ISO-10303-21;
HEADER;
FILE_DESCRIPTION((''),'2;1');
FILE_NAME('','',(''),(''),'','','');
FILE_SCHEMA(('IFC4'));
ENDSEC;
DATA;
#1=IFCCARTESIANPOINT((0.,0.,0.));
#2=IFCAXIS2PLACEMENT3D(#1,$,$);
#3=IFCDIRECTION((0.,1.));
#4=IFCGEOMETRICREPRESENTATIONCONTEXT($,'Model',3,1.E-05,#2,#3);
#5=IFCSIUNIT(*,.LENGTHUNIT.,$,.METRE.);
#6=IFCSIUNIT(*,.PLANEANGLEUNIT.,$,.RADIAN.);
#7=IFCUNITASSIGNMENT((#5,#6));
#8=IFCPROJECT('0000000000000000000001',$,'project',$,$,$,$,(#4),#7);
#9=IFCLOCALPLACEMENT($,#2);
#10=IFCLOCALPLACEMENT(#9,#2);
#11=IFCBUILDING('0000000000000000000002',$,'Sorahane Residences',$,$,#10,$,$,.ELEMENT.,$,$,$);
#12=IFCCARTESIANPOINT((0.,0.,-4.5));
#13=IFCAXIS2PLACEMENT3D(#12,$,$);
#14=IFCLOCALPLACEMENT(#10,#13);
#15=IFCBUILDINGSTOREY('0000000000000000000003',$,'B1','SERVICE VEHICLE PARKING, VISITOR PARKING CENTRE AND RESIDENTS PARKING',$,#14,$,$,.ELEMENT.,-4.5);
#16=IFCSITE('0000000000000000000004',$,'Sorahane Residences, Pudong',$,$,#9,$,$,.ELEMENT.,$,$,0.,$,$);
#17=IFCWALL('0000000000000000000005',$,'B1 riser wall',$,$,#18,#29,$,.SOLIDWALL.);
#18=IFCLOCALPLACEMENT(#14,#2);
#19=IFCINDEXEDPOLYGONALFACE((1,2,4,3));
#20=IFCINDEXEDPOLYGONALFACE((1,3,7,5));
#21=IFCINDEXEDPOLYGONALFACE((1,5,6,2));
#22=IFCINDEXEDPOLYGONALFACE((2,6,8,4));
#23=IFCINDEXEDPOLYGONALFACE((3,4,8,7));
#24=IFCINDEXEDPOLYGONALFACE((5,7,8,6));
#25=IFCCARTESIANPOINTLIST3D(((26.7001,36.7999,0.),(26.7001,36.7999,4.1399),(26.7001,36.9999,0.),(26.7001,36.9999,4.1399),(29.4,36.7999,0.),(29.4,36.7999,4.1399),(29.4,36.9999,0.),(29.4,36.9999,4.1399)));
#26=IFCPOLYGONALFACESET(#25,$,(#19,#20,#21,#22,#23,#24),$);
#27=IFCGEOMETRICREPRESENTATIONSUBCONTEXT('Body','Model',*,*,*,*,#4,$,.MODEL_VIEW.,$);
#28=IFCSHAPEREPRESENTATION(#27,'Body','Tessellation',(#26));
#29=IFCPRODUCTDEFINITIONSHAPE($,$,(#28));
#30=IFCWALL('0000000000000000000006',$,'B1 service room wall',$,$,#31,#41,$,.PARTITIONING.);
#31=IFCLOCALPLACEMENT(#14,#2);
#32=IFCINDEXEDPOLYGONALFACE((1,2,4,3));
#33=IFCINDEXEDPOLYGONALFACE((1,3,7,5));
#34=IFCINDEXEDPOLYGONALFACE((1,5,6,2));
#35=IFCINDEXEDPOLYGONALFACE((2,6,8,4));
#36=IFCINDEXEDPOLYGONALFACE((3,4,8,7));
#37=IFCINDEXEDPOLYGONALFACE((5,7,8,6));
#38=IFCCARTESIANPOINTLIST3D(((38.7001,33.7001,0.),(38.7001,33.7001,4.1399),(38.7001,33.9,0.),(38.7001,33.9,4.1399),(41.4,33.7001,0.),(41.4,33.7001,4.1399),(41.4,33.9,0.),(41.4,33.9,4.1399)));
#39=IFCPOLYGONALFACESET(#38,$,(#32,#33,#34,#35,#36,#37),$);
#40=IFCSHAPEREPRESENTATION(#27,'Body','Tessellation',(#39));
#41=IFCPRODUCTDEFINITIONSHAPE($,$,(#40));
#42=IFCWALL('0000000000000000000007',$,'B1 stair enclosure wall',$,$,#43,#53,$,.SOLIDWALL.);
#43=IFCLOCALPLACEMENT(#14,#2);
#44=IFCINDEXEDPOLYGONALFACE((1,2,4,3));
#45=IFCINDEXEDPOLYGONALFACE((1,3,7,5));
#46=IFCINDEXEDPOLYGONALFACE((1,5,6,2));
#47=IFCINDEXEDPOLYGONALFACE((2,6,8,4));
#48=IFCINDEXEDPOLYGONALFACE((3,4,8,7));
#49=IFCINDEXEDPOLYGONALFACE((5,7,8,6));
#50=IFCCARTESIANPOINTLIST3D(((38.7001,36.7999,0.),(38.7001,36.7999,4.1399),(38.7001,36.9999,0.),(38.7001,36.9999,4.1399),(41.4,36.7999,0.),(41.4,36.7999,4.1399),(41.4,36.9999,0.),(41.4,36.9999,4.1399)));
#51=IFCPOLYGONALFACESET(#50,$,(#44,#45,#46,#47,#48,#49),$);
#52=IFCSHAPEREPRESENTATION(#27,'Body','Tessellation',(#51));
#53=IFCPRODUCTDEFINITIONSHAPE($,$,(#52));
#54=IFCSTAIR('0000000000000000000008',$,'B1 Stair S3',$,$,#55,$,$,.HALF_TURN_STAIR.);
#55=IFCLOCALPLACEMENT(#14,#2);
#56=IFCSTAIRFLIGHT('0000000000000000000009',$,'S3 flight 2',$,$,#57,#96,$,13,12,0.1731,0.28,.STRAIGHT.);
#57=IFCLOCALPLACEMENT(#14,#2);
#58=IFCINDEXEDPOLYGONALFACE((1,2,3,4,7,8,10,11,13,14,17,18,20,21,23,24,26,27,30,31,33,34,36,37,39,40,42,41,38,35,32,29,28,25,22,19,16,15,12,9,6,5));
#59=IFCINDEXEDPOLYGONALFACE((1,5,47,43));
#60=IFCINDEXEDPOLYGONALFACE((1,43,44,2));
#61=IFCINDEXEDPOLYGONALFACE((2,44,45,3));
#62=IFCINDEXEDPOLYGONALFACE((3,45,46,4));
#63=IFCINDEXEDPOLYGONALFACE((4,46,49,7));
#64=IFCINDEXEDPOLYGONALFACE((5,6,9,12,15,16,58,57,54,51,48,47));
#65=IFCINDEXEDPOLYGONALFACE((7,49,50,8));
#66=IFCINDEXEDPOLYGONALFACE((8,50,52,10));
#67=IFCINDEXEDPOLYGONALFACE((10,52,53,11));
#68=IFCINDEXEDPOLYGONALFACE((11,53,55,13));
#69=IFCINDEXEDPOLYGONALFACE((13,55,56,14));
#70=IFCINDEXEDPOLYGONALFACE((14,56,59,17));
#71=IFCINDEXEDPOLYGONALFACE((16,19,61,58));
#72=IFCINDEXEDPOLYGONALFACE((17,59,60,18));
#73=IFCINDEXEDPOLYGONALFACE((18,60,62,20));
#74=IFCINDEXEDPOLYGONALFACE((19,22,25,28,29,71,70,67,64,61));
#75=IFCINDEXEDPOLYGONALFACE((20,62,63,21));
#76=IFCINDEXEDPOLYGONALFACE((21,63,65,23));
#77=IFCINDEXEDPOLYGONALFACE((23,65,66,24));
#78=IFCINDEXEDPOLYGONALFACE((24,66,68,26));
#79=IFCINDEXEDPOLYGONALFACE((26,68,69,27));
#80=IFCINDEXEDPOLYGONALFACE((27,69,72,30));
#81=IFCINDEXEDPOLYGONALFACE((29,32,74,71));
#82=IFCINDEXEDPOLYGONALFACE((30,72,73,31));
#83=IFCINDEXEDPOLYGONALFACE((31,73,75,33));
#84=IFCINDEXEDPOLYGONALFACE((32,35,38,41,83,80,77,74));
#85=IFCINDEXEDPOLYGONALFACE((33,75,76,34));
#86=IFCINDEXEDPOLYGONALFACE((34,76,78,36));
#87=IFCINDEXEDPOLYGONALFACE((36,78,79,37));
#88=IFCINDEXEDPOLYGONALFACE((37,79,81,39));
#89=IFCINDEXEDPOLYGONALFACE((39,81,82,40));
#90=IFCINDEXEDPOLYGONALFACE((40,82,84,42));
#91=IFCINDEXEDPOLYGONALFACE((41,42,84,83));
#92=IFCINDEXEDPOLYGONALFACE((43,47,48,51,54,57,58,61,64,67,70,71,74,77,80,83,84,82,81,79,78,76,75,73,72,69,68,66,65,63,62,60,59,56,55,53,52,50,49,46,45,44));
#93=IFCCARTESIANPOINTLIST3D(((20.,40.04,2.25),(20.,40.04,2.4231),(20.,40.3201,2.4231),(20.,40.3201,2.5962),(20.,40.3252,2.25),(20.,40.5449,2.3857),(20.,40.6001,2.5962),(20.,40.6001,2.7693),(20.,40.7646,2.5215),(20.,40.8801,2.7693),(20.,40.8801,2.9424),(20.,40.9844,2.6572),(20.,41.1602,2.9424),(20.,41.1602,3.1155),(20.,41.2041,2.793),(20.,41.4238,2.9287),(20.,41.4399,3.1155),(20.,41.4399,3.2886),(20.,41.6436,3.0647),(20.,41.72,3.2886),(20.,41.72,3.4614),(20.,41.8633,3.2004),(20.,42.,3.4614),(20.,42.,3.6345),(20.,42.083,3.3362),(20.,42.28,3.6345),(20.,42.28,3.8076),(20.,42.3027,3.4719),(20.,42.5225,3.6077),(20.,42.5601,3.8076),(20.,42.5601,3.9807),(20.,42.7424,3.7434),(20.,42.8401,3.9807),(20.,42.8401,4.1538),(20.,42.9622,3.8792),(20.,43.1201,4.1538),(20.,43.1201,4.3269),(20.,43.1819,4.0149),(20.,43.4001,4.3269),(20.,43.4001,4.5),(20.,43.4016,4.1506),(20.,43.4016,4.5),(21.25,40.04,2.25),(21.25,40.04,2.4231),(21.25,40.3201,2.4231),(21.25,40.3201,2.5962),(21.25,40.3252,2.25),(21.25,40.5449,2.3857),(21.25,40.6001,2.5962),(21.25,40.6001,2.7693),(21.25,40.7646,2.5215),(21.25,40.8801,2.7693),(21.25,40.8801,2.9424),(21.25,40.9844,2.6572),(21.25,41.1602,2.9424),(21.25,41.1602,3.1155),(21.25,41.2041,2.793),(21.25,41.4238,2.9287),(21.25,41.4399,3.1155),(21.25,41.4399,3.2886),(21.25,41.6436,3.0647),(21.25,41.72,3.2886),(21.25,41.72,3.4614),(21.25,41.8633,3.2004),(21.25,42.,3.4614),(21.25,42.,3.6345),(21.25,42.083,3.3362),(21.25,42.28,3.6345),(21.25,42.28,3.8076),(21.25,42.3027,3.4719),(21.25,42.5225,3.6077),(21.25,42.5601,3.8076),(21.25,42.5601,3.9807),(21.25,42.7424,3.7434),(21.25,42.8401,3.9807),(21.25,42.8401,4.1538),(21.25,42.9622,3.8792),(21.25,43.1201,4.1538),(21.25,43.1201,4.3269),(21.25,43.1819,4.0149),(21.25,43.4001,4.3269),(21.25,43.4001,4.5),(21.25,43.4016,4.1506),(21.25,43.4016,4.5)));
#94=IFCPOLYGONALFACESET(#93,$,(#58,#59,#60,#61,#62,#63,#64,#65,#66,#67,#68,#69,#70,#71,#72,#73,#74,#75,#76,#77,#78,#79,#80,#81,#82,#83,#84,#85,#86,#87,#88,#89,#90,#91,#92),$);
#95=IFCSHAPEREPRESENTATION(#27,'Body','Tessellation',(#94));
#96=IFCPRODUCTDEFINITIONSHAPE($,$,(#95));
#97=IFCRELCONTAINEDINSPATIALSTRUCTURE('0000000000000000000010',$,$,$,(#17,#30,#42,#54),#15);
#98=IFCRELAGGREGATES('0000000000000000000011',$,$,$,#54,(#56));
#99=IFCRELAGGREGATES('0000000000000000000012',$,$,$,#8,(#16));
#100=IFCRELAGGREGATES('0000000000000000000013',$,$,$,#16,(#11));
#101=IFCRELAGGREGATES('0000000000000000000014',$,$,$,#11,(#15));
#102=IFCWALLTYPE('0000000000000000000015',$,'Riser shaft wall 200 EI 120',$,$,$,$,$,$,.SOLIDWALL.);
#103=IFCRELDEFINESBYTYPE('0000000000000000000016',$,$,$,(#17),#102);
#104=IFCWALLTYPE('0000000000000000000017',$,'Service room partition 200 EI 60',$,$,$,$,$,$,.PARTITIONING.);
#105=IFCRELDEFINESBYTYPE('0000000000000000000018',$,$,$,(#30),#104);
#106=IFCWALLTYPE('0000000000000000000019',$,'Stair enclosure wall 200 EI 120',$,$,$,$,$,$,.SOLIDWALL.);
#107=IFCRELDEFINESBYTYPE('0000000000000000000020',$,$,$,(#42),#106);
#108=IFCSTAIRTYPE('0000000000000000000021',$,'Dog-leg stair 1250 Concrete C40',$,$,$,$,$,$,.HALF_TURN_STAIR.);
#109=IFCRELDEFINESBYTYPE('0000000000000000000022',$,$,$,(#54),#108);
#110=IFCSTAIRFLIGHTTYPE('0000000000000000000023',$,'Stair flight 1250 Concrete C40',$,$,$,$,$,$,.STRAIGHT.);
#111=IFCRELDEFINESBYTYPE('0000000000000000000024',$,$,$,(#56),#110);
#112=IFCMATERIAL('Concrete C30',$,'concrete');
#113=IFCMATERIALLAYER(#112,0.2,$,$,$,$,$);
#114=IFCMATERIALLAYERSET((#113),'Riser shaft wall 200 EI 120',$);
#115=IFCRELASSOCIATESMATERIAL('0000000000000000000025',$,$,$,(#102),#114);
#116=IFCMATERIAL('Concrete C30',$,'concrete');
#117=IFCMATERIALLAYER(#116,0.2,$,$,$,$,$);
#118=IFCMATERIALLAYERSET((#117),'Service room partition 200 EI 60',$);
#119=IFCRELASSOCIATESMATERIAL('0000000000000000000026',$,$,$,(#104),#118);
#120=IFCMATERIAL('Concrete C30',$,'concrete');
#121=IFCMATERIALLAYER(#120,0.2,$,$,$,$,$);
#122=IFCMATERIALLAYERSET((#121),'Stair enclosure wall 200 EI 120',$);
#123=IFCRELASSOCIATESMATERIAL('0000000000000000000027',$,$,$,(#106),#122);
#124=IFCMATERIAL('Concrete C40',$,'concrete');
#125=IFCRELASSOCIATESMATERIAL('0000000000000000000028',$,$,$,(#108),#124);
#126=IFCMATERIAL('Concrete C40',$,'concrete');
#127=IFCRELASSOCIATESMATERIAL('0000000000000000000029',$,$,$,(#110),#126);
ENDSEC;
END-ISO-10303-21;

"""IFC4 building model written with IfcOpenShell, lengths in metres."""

from ifc_helpers import new_model, si_unit, direction, frame, frame_2d, origin, place, context, subcontext, project, spatial, polyline, rectangle, outline, extrude, material, layer, layer_set, type_object, element, aggregate, save


model = new_model("IFC4")

# Units and contexts
model_context = context("Model", 3, precision=1e-05, world=origin(), true_north=direction((0.0, 1.0)))
body_context = subcontext(model_context, "Body", "Model", "MODEL_VIEW")
ifc_project = project(units=[si_unit("LENGTHUNIT", "METRE"), si_unit("PLANEANGLEUNIT", "RADIAN")], contexts=[model_context])

# Site, building, storey
site_placement = place(None, origin())
site = spatial("IfcSite", under=ifc_project, at=site_placement, Name="Sorahane Residences, Pudong", CompositionType="ELEMENT", RefElevation=0.0)
building_placement = place(site_placement, origin())
building = spatial("IfcBuilding", under=site, at=building_placement, Name="Sorahane Residences", CompositionType="ELEMENT")
storey_placement = place(building_placement, frame((0.0, 0.0, -4.5)))
storey = spatial("IfcBuildingStorey", under=building, at=storey_placement, Name="B1", Description="SERVICE VEHICLE PARKING, VISITOR PARKING CENTRE AND RESIDENTS PARKING", CompositionType="ELEMENT", Elevation=-4.5)

# Walls
ifc_material_1 = material(Name="Concrete C30", Category="concrete")
ifc_layer_1 = layer(ifc_material_1, 0.2)
ifc_layer_set_1 = layer_set([ifc_layer_1], Name="Riser shaft wall 200 EI 120")
wall_type_1 = type_object("IfcWallType", Name="Riser shaft wall 200 EI 120", PredefinedType="SOLIDWALL", material=ifc_layer_set_1)
for number, where, z_axis, x_axis, name in (
    (1, (26.7, 36.8999, 0.0), (0.0, 0.0, 1.0), (1.0, 0.0, 0.0), "B1 riser wall"),
):
    element("IfcWall", number, at=place(storey_placement, frame(where, z_axis=z_axis, x_axis=x_axis)), inside=storey, type_object=wall_type_1, Name=name, PredefinedType="SOLIDWALL", context=body_context, shape_type="SweptSolid", body=[
        extrude(rectangle(XDim=2.7, YDim=0.2, at=frame_2d((1.3501, 0.0))), origin(), (0.0, 0.0, 1.0), 4.1399),
    ])
ifc_material_2 = material(Name="Concrete C30", Category="concrete")
ifc_layer_2 = layer(ifc_material_2, 0.2)
ifc_layer_set_2 = layer_set([ifc_layer_2], Name="Service room partition 200 EI 60")
wall_type_2 = type_object("IfcWallType", Name="Service room partition 200 EI 60", PredefinedType="PARTITIONING", material=ifc_layer_set_2)
wall_1_placement = place(storey_placement, frame((38.7, 33.8, 0.0), z_axis=(0.0, 0.0, 1.0), x_axis=(1.0, 0.0, 0.0)))
element("IfcWall", 2, at=wall_1_placement, inside=storey, type_object=wall_type_2, Name="B1 service room wall", PredefinedType="PARTITIONING", context=body_context, shape_type="SweptSolid", body=[
    extrude(rectangle(XDim=2.7, YDim=0.2, at=frame_2d((1.3501, 0.0))), origin(), (0.0, 0.0, 1.0), 4.1399),
])
ifc_material_3 = material(Name="Concrete C30", Category="concrete")
ifc_layer_3 = layer(ifc_material_3, 0.2)
ifc_layer_set_3 = layer_set([ifc_layer_3], Name="Stair enclosure wall 200 EI 120")
wall_type_3 = type_object("IfcWallType", Name="Stair enclosure wall 200 EI 120", PredefinedType="SOLIDWALL", material=ifc_layer_set_3)
wall_2_placement = place(storey_placement, frame((38.7, 36.8999, 0.0), z_axis=(0.0, 0.0, 1.0), x_axis=(1.0, 0.0, 0.0)))
element("IfcWall", 3, at=wall_2_placement, inside=storey, type_object=wall_type_3, Name="B1 stair enclosure wall", PredefinedType="SOLIDWALL", context=body_context, shape_type="SweptSolid", body=[
    extrude(rectangle(XDim=2.7, YDim=0.2, at=frame_2d((1.3501, 0.0))), origin(), (0.0, 0.0, 1.0), 4.1399),
])

# Stair, stair flight
ifc_material_4 = material(Name="Concrete C40", Category="concrete")
stair_type = type_object("IfcStairType", Name="Dog-leg stair 1250 Concrete C40", PredefinedType="HALF_TURN_STAIR", material=ifc_material_4)
stair_placement = place(storey_placement, origin())
stair = element("IfcStair", 4, at=stair_placement, inside=storey, type_object=stair_type, Name="B1 Stair S3", PredefinedType="HALF_TURN_STAIR")
ifc_material_5 = material(Name="Concrete C40", Category="concrete")
stair_flight_type = type_object("IfcStairFlightType", Name="Stair flight 1250 Concrete C40", PredefinedType="STRAIGHT", material=ifc_material_5)
stair_flight_placement = place(storey_placement, frame((20.625, 40.04, 2.25), z_axis=(0.0, 0.0, 1.0), x_axis=(0.0, 1.0, 0.0)))
stair_flight = element("IfcStairFlight", 5, at=stair_flight_placement, type_object=stair_flight_type, Name="S3 flight 2", NumberOfRisers=13, NumberOfTreads=12, PredefinedType="STRAIGHT", RiserHeight=0.1731, TreadLength=0.28, context=body_context, shape_type="SweptSolid", body=[
    extrude(outline(polyline([(0.0, 0.0), (0.0, 0.1731), (0.28, 0.1731), (0.28, 0.3462), (0.5601, 0.3462), (0.5601, 0.5193), (0.8401, 0.5193), (0.8401, 0.6924), (1.1201, 0.6924), (1.1201, 0.8655), (1.3999, 0.8655), (1.3999, 1.0386), (1.6799, 1.0386), (1.6799, 1.2114), (1.96, 1.2114), (1.96, 1.3845), (2.24, 1.3845), (2.24, 1.5576), (2.52, 1.5576), (2.52, 1.7307), (2.8, 1.7307), (2.8, 1.9038), (3.0801, 1.9038), (3.0801, 2.0769), (3.3601, 2.0769), (3.3601, 2.25), (3.3616, 2.25), (3.3616, 1.9006), (3.1418, 1.7649), (2.9221, 1.6292), (2.7024, 1.4934), (2.4824, 1.3577), (2.2627, 1.2219), (2.043, 1.0862), (1.8232, 0.9504), (1.6035, 0.8147), (1.3838, 0.6787), (1.1641, 0.543), (0.9443, 0.4072), (0.7246, 0.2715), (0.5049, 0.1357), (0.2852, 0.0), (0.0, 0.0)])), frame((0.0, 0.625, 0.0), z_axis=(0.0, -1.0, 0.0), x_axis=(1.0, 0.0, 0.0)), (0.0, 0.0, 1.0), 1.25),
])
aggregate(stair, [stair_flight])

save(model, "model.ifc")
